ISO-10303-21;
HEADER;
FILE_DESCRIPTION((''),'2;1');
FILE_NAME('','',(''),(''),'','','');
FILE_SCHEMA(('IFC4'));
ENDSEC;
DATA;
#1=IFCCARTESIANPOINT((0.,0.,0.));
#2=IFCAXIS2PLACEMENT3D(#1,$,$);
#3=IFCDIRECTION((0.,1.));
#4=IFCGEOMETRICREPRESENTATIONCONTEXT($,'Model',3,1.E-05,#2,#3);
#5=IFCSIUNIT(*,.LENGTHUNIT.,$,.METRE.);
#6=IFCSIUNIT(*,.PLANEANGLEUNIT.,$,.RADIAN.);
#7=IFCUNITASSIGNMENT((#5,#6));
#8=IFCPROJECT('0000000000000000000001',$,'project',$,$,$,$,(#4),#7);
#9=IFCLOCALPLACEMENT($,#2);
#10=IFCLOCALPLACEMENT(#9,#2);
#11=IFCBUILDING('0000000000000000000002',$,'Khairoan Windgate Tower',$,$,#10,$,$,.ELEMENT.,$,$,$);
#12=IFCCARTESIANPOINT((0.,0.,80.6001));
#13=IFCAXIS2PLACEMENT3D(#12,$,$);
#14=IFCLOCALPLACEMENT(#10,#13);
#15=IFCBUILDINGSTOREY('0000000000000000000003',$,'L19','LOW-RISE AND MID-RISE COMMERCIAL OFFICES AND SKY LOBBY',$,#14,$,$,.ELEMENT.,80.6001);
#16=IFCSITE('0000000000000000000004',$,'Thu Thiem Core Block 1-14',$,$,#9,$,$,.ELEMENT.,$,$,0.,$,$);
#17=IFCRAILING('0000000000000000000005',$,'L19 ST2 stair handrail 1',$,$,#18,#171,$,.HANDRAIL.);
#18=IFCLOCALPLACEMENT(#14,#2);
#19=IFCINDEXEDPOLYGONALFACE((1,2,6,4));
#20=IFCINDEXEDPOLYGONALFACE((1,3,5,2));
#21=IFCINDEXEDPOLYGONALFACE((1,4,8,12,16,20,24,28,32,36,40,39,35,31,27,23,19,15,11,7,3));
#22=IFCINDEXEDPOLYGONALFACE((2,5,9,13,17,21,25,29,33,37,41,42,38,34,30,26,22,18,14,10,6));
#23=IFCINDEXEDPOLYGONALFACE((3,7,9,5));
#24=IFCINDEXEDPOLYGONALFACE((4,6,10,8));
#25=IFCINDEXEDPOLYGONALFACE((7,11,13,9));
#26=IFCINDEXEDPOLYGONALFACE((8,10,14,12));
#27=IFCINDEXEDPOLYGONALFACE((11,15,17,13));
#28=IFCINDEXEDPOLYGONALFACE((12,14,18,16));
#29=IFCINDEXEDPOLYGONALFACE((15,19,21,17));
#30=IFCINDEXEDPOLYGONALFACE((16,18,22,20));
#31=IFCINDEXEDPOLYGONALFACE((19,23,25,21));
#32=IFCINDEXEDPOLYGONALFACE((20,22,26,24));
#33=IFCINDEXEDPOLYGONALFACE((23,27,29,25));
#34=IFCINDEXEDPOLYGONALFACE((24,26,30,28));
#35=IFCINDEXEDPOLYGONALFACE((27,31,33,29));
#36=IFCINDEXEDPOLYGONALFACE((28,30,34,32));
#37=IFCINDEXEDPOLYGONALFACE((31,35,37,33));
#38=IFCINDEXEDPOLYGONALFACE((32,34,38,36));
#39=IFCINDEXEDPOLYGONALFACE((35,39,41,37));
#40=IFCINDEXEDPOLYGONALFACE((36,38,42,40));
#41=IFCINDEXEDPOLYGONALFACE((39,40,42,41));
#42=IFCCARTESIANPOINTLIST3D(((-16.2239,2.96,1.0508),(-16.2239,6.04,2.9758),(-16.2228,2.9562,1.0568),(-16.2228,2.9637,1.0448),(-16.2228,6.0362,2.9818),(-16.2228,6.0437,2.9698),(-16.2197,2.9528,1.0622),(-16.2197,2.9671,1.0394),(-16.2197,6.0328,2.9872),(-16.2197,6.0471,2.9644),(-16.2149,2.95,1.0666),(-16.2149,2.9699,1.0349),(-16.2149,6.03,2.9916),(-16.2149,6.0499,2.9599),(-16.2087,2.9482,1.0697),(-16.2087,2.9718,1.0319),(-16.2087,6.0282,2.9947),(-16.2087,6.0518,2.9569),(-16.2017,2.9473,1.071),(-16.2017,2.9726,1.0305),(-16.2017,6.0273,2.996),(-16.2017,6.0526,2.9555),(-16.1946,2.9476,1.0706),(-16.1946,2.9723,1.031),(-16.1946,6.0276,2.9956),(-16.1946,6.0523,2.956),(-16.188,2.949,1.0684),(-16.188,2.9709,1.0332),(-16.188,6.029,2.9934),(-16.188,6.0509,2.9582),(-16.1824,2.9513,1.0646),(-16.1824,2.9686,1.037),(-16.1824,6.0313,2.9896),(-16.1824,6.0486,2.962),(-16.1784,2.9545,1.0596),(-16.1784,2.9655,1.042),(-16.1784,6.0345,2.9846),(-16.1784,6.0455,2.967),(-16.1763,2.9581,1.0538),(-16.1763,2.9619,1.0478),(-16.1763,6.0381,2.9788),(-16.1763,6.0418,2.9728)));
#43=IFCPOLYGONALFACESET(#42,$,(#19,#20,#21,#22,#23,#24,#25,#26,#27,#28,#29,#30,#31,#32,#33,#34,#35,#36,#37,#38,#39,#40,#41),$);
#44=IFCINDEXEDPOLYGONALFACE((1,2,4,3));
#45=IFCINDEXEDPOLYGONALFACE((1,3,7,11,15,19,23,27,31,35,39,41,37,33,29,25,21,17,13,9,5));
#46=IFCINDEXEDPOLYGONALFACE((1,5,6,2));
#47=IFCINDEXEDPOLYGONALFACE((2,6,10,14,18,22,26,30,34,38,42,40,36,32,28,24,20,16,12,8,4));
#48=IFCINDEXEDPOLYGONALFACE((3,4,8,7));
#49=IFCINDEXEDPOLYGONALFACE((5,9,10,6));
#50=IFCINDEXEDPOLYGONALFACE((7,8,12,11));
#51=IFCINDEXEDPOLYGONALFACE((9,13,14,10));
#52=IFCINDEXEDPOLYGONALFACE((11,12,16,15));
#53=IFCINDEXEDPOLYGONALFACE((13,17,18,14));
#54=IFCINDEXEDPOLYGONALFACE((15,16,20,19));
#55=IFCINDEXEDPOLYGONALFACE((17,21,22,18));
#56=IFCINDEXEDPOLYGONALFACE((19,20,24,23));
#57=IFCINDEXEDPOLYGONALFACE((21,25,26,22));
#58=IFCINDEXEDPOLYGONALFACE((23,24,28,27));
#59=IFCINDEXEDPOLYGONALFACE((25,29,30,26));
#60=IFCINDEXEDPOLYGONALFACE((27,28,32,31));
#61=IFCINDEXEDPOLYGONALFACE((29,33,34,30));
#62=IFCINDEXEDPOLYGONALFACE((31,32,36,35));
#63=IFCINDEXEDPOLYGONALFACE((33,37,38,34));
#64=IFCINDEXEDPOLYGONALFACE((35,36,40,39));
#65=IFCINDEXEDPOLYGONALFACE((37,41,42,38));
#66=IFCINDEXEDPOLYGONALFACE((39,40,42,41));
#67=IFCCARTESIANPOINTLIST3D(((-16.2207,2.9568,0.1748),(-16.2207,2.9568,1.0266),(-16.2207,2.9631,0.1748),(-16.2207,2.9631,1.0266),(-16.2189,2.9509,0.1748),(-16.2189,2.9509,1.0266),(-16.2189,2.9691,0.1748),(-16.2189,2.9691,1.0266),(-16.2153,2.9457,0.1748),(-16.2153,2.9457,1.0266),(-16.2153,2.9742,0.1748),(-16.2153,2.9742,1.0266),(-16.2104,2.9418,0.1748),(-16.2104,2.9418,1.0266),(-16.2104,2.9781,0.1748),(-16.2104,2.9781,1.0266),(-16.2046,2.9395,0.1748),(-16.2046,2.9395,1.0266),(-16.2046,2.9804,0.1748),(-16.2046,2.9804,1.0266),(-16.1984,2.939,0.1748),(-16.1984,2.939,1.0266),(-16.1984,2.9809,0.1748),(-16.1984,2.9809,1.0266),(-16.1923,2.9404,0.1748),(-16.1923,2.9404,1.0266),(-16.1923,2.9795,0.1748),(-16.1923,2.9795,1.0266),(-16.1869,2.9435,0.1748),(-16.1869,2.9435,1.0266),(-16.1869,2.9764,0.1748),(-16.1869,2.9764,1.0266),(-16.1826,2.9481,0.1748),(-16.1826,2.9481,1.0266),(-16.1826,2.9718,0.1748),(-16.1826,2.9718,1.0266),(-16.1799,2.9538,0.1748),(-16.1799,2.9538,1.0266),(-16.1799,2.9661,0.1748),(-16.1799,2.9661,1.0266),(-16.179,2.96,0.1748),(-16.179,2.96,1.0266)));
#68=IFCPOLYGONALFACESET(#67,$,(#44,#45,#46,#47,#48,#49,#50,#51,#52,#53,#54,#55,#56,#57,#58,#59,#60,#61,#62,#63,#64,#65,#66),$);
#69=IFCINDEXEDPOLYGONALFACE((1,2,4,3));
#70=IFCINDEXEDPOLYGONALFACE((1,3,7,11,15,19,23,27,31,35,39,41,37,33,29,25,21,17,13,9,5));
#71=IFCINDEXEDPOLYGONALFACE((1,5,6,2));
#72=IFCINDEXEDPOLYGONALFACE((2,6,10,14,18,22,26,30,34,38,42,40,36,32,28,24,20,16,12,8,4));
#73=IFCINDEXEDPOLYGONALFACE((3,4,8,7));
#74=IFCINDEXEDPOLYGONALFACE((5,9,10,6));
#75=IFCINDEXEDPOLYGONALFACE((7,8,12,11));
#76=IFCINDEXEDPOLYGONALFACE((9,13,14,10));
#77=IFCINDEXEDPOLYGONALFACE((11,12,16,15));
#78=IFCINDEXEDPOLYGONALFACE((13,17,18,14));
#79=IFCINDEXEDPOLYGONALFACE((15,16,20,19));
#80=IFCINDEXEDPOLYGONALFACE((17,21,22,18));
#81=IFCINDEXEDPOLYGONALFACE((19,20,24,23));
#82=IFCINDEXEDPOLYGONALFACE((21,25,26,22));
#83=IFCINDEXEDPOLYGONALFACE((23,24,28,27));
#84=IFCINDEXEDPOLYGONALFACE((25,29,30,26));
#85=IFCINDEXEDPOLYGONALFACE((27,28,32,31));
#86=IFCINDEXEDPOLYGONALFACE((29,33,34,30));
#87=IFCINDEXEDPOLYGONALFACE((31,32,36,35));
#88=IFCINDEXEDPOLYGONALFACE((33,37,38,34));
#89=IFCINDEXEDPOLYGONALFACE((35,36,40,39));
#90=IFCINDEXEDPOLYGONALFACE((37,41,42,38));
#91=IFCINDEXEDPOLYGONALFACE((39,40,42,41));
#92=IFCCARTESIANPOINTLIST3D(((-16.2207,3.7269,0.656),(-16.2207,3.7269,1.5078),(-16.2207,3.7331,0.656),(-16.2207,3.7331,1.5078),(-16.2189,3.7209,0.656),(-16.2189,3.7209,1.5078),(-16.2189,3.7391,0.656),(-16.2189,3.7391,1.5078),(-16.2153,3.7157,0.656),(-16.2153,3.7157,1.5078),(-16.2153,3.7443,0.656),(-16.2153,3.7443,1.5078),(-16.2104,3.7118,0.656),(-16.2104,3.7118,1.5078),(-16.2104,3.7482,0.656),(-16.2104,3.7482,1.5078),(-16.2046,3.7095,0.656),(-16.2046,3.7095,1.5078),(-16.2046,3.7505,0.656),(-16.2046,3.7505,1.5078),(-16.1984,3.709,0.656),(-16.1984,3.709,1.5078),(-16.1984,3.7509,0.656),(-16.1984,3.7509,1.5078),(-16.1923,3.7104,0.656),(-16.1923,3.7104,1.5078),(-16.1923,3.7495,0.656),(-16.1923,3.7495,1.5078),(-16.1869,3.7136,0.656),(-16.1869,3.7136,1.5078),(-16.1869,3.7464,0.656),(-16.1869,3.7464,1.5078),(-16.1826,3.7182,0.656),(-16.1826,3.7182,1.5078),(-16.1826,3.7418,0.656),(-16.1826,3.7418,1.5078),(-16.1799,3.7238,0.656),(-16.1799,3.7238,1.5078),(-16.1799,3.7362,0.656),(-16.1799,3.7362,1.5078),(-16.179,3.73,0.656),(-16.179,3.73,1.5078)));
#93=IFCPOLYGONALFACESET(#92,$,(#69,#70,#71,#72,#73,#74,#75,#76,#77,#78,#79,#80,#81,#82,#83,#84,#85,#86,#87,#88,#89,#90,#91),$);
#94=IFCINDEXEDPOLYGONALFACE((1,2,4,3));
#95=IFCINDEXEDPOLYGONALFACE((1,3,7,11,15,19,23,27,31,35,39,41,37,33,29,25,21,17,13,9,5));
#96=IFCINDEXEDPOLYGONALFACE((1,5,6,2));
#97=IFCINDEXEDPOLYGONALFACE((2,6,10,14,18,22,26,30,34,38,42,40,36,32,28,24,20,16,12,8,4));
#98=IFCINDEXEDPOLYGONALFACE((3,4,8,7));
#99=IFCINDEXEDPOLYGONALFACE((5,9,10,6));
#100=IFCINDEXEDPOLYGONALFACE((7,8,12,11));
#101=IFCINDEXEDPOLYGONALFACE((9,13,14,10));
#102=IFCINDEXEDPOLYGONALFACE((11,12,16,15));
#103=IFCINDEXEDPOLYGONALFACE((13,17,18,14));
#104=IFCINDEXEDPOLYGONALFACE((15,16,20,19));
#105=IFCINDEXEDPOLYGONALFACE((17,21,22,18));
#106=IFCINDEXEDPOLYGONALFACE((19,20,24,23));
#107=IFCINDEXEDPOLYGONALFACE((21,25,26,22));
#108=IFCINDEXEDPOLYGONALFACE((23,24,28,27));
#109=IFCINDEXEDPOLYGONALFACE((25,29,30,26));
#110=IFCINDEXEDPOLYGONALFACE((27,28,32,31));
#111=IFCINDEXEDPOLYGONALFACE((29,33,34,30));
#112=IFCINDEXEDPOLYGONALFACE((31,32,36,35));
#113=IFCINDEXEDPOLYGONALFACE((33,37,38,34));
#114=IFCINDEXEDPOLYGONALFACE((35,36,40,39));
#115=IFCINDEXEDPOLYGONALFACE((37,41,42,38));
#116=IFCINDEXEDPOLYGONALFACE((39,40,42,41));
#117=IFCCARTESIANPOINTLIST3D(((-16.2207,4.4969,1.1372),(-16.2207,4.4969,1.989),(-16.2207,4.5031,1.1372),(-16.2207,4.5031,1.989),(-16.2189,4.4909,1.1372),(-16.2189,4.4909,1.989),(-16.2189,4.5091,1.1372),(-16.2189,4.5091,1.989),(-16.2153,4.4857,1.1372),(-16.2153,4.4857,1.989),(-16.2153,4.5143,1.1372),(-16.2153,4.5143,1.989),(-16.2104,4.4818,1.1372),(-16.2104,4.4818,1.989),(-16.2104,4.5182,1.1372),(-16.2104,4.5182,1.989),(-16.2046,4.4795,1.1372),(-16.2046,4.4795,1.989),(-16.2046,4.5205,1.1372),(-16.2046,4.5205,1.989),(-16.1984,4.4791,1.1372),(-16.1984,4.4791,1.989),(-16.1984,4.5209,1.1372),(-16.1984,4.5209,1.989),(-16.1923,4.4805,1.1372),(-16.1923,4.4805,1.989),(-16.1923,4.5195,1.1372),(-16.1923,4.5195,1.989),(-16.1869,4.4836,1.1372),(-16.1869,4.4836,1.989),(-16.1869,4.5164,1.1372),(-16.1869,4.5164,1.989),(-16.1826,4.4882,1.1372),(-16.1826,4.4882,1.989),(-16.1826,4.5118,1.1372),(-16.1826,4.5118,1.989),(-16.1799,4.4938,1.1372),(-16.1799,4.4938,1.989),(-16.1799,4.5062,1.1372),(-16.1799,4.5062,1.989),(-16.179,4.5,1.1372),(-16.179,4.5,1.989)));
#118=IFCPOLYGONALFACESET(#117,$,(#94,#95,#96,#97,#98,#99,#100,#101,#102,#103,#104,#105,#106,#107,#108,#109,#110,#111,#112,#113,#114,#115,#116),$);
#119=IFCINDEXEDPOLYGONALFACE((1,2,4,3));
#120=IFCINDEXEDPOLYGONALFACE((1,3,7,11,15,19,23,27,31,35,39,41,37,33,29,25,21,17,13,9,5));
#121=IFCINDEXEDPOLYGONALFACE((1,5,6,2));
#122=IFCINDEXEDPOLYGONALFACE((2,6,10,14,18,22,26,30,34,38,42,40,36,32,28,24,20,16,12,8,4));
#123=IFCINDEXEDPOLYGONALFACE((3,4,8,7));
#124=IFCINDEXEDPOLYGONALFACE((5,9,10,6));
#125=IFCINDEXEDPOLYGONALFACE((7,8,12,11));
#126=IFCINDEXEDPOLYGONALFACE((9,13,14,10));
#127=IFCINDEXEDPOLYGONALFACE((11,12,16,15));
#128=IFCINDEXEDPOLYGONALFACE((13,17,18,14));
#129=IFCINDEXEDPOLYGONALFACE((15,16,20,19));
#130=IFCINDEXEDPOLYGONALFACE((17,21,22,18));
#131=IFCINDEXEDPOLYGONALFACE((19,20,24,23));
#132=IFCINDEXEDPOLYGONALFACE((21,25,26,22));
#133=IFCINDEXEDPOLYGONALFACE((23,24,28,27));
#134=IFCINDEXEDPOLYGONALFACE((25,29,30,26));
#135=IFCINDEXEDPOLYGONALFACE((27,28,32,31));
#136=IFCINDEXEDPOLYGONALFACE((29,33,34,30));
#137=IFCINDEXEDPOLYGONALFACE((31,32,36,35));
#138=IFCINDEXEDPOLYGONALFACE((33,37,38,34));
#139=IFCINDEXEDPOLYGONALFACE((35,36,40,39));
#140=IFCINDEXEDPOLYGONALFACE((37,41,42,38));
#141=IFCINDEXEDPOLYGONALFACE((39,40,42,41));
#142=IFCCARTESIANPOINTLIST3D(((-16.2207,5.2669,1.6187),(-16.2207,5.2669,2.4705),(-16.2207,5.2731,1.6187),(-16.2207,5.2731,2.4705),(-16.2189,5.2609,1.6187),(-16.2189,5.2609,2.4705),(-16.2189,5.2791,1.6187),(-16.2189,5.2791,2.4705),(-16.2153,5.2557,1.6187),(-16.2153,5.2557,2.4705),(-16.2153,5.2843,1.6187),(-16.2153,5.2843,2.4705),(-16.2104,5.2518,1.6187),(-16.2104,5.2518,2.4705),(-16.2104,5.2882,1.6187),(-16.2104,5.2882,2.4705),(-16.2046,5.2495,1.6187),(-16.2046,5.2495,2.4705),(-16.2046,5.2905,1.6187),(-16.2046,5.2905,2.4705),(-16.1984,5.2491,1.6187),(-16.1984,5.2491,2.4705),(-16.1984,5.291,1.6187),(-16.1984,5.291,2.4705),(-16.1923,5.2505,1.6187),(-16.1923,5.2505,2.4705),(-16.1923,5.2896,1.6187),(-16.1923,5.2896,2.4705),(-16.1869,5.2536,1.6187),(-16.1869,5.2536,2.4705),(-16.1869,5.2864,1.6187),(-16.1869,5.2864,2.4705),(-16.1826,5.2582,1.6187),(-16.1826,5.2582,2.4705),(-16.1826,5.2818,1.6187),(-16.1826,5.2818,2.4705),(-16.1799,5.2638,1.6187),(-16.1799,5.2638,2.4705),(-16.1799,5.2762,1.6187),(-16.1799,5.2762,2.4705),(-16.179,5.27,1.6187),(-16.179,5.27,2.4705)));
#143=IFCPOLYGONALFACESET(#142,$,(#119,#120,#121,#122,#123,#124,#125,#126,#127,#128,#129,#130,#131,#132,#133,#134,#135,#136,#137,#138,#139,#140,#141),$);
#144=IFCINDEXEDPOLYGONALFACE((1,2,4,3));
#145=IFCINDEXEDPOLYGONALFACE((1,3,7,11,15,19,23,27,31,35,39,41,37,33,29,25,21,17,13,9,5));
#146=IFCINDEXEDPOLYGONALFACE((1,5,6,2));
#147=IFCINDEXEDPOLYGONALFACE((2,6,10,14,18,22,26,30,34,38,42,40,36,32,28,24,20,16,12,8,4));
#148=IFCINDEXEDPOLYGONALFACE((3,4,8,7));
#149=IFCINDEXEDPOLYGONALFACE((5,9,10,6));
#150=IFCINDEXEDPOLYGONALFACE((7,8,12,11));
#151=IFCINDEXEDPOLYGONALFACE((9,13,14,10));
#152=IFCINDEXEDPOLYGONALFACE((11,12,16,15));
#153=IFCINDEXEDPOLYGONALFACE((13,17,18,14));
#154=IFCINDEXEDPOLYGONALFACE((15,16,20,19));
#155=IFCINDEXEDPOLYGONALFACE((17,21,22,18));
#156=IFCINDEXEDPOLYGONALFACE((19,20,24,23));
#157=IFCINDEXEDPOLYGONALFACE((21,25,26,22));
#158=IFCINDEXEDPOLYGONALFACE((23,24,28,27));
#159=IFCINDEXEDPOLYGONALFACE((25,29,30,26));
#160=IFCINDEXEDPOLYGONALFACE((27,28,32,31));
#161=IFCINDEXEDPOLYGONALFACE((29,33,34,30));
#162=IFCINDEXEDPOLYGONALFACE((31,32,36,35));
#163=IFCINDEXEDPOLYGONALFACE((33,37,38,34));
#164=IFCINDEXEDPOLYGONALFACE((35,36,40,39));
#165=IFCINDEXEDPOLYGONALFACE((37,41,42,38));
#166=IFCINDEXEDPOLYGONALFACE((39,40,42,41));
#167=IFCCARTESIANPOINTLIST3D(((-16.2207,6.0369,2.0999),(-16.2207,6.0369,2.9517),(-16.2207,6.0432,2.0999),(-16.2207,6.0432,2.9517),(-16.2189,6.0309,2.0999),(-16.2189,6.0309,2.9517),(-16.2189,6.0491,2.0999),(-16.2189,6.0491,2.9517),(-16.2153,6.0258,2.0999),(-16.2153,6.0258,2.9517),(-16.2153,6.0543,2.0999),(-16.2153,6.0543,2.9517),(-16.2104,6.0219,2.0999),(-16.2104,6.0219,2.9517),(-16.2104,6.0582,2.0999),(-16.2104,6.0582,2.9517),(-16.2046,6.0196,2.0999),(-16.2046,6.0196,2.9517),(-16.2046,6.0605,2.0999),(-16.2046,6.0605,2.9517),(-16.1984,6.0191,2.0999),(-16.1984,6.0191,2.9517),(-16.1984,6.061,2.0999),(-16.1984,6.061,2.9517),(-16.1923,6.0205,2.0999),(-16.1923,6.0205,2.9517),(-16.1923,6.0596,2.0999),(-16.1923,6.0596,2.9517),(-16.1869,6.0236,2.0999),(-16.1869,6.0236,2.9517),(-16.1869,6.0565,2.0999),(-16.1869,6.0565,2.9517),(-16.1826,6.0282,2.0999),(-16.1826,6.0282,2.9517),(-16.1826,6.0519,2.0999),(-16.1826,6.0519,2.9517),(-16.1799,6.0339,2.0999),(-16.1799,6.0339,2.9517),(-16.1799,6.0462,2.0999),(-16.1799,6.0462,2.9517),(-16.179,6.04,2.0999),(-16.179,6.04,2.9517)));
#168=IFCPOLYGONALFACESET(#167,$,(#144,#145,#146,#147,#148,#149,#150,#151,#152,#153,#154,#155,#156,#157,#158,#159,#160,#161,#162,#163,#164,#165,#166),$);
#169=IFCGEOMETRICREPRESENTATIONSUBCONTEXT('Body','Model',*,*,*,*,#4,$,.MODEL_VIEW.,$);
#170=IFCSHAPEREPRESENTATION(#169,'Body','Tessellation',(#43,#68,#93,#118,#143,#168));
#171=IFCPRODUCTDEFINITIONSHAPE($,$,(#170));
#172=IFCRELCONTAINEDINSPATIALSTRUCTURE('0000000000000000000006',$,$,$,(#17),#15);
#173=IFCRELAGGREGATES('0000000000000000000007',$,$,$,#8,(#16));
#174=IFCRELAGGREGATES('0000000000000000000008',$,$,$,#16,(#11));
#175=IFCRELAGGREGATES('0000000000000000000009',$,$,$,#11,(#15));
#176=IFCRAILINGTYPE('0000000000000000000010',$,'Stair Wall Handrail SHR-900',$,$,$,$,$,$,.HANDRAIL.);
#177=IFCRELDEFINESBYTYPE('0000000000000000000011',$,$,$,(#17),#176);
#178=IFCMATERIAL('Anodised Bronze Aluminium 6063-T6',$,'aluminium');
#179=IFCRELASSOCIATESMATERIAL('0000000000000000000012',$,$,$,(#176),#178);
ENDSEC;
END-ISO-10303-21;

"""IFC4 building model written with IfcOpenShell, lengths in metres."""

from ifc_helpers import new_model, si_unit, direction, frame, origin, origin_2d, place, context, subcontext, project, spatial, circle, extrude, material, type_object, element, save


model = new_model("IFC4")

# Units and contexts
model_context = context("Model", 3, precision=1e-05, world=origin(), true_north=direction((0.0, 1.0)))
body_context = subcontext(model_context, "Body", "Model", "MODEL_VIEW")
ifc_project = project(units=[si_unit("LENGTHUNIT", "METRE"), si_unit("PLANEANGLEUNIT", "RADIAN")], contexts=[model_context])

# Site, building, storey
site_placement = place(None, origin())
site = spatial("IfcSite", under=ifc_project, at=site_placement, Name="Thu Thiem Core Block 1-14", CompositionType="ELEMENT", RefElevation=0.0)
building_placement = place(site_placement, origin())
building = spatial("IfcBuilding", under=site, at=building_placement, Name="Khairoan Windgate Tower", CompositionType="ELEMENT")
storey_placement = place(building_placement, frame((0.0, 0.0, 80.6001)))
storey = spatial("IfcBuildingStorey", under=building, at=storey_placement, Name="L19", Description="LOW-RISE AND MID-RISE COMMERCIAL OFFICES AND SKY LOBBY", CompositionType="ELEMENT", Elevation=80.6001)

# Railing
ifc_material_1 = material(Name="Anodised Bronze Aluminium 6063-T6", Category="aluminium")
railing_type_1 = type_object("IfcRailingType", Name="Stair Wall Handrail SHR-900", PredefinedType="HANDRAIL", material=ifc_material_1)
railing_1_placement = place(storey_placement, frame((-16.2, 2.96, 0.1748)))
element("IfcRailing", 1, at=railing_1_placement, inside=storey, type_object=railing_type_1, Name="L19 ST2 stair handrail 1", PredefinedType="HANDRAIL", context=body_context, shape_type="SweptSolid", body=[
    extrude(circle(Radius=0.0239, at=origin_2d()), frame((0.0, 0.0, 0.876), z_axis=(0.0, 0.847998, 0.529999), x_axis=(-1.0, 0.0, 0.0)), (0.0, 0.0, 1.0), 3.6321),
    extrude(circle(Radius=0.021, at=origin_2d()), origin(), (0.0, 0.0, 1.0), 0.8518),
    extrude(circle(Radius=0.021, at=origin_2d()), frame((0.0, 0.77, 0.4812)), (0.0, 0.0, 1.0), 0.8518),
    extrude(circle(Radius=0.021, at=origin_2d()), frame((0.0, 1.54, 0.9624)), (0.0, 0.0, 1.0), 0.8518),
    extrude(circle(Radius=0.021, at=origin_2d()), frame((0.0, 2.3101, 1.4438)), (0.0, 0.0, 1.0), 0.8518),
    extrude(circle(Radius=0.021, at=origin_2d()), frame((0.0, 3.0801, 1.925)), (0.0, 0.0, 1.0), 0.8518),
])

save(model, "model.ifc")
